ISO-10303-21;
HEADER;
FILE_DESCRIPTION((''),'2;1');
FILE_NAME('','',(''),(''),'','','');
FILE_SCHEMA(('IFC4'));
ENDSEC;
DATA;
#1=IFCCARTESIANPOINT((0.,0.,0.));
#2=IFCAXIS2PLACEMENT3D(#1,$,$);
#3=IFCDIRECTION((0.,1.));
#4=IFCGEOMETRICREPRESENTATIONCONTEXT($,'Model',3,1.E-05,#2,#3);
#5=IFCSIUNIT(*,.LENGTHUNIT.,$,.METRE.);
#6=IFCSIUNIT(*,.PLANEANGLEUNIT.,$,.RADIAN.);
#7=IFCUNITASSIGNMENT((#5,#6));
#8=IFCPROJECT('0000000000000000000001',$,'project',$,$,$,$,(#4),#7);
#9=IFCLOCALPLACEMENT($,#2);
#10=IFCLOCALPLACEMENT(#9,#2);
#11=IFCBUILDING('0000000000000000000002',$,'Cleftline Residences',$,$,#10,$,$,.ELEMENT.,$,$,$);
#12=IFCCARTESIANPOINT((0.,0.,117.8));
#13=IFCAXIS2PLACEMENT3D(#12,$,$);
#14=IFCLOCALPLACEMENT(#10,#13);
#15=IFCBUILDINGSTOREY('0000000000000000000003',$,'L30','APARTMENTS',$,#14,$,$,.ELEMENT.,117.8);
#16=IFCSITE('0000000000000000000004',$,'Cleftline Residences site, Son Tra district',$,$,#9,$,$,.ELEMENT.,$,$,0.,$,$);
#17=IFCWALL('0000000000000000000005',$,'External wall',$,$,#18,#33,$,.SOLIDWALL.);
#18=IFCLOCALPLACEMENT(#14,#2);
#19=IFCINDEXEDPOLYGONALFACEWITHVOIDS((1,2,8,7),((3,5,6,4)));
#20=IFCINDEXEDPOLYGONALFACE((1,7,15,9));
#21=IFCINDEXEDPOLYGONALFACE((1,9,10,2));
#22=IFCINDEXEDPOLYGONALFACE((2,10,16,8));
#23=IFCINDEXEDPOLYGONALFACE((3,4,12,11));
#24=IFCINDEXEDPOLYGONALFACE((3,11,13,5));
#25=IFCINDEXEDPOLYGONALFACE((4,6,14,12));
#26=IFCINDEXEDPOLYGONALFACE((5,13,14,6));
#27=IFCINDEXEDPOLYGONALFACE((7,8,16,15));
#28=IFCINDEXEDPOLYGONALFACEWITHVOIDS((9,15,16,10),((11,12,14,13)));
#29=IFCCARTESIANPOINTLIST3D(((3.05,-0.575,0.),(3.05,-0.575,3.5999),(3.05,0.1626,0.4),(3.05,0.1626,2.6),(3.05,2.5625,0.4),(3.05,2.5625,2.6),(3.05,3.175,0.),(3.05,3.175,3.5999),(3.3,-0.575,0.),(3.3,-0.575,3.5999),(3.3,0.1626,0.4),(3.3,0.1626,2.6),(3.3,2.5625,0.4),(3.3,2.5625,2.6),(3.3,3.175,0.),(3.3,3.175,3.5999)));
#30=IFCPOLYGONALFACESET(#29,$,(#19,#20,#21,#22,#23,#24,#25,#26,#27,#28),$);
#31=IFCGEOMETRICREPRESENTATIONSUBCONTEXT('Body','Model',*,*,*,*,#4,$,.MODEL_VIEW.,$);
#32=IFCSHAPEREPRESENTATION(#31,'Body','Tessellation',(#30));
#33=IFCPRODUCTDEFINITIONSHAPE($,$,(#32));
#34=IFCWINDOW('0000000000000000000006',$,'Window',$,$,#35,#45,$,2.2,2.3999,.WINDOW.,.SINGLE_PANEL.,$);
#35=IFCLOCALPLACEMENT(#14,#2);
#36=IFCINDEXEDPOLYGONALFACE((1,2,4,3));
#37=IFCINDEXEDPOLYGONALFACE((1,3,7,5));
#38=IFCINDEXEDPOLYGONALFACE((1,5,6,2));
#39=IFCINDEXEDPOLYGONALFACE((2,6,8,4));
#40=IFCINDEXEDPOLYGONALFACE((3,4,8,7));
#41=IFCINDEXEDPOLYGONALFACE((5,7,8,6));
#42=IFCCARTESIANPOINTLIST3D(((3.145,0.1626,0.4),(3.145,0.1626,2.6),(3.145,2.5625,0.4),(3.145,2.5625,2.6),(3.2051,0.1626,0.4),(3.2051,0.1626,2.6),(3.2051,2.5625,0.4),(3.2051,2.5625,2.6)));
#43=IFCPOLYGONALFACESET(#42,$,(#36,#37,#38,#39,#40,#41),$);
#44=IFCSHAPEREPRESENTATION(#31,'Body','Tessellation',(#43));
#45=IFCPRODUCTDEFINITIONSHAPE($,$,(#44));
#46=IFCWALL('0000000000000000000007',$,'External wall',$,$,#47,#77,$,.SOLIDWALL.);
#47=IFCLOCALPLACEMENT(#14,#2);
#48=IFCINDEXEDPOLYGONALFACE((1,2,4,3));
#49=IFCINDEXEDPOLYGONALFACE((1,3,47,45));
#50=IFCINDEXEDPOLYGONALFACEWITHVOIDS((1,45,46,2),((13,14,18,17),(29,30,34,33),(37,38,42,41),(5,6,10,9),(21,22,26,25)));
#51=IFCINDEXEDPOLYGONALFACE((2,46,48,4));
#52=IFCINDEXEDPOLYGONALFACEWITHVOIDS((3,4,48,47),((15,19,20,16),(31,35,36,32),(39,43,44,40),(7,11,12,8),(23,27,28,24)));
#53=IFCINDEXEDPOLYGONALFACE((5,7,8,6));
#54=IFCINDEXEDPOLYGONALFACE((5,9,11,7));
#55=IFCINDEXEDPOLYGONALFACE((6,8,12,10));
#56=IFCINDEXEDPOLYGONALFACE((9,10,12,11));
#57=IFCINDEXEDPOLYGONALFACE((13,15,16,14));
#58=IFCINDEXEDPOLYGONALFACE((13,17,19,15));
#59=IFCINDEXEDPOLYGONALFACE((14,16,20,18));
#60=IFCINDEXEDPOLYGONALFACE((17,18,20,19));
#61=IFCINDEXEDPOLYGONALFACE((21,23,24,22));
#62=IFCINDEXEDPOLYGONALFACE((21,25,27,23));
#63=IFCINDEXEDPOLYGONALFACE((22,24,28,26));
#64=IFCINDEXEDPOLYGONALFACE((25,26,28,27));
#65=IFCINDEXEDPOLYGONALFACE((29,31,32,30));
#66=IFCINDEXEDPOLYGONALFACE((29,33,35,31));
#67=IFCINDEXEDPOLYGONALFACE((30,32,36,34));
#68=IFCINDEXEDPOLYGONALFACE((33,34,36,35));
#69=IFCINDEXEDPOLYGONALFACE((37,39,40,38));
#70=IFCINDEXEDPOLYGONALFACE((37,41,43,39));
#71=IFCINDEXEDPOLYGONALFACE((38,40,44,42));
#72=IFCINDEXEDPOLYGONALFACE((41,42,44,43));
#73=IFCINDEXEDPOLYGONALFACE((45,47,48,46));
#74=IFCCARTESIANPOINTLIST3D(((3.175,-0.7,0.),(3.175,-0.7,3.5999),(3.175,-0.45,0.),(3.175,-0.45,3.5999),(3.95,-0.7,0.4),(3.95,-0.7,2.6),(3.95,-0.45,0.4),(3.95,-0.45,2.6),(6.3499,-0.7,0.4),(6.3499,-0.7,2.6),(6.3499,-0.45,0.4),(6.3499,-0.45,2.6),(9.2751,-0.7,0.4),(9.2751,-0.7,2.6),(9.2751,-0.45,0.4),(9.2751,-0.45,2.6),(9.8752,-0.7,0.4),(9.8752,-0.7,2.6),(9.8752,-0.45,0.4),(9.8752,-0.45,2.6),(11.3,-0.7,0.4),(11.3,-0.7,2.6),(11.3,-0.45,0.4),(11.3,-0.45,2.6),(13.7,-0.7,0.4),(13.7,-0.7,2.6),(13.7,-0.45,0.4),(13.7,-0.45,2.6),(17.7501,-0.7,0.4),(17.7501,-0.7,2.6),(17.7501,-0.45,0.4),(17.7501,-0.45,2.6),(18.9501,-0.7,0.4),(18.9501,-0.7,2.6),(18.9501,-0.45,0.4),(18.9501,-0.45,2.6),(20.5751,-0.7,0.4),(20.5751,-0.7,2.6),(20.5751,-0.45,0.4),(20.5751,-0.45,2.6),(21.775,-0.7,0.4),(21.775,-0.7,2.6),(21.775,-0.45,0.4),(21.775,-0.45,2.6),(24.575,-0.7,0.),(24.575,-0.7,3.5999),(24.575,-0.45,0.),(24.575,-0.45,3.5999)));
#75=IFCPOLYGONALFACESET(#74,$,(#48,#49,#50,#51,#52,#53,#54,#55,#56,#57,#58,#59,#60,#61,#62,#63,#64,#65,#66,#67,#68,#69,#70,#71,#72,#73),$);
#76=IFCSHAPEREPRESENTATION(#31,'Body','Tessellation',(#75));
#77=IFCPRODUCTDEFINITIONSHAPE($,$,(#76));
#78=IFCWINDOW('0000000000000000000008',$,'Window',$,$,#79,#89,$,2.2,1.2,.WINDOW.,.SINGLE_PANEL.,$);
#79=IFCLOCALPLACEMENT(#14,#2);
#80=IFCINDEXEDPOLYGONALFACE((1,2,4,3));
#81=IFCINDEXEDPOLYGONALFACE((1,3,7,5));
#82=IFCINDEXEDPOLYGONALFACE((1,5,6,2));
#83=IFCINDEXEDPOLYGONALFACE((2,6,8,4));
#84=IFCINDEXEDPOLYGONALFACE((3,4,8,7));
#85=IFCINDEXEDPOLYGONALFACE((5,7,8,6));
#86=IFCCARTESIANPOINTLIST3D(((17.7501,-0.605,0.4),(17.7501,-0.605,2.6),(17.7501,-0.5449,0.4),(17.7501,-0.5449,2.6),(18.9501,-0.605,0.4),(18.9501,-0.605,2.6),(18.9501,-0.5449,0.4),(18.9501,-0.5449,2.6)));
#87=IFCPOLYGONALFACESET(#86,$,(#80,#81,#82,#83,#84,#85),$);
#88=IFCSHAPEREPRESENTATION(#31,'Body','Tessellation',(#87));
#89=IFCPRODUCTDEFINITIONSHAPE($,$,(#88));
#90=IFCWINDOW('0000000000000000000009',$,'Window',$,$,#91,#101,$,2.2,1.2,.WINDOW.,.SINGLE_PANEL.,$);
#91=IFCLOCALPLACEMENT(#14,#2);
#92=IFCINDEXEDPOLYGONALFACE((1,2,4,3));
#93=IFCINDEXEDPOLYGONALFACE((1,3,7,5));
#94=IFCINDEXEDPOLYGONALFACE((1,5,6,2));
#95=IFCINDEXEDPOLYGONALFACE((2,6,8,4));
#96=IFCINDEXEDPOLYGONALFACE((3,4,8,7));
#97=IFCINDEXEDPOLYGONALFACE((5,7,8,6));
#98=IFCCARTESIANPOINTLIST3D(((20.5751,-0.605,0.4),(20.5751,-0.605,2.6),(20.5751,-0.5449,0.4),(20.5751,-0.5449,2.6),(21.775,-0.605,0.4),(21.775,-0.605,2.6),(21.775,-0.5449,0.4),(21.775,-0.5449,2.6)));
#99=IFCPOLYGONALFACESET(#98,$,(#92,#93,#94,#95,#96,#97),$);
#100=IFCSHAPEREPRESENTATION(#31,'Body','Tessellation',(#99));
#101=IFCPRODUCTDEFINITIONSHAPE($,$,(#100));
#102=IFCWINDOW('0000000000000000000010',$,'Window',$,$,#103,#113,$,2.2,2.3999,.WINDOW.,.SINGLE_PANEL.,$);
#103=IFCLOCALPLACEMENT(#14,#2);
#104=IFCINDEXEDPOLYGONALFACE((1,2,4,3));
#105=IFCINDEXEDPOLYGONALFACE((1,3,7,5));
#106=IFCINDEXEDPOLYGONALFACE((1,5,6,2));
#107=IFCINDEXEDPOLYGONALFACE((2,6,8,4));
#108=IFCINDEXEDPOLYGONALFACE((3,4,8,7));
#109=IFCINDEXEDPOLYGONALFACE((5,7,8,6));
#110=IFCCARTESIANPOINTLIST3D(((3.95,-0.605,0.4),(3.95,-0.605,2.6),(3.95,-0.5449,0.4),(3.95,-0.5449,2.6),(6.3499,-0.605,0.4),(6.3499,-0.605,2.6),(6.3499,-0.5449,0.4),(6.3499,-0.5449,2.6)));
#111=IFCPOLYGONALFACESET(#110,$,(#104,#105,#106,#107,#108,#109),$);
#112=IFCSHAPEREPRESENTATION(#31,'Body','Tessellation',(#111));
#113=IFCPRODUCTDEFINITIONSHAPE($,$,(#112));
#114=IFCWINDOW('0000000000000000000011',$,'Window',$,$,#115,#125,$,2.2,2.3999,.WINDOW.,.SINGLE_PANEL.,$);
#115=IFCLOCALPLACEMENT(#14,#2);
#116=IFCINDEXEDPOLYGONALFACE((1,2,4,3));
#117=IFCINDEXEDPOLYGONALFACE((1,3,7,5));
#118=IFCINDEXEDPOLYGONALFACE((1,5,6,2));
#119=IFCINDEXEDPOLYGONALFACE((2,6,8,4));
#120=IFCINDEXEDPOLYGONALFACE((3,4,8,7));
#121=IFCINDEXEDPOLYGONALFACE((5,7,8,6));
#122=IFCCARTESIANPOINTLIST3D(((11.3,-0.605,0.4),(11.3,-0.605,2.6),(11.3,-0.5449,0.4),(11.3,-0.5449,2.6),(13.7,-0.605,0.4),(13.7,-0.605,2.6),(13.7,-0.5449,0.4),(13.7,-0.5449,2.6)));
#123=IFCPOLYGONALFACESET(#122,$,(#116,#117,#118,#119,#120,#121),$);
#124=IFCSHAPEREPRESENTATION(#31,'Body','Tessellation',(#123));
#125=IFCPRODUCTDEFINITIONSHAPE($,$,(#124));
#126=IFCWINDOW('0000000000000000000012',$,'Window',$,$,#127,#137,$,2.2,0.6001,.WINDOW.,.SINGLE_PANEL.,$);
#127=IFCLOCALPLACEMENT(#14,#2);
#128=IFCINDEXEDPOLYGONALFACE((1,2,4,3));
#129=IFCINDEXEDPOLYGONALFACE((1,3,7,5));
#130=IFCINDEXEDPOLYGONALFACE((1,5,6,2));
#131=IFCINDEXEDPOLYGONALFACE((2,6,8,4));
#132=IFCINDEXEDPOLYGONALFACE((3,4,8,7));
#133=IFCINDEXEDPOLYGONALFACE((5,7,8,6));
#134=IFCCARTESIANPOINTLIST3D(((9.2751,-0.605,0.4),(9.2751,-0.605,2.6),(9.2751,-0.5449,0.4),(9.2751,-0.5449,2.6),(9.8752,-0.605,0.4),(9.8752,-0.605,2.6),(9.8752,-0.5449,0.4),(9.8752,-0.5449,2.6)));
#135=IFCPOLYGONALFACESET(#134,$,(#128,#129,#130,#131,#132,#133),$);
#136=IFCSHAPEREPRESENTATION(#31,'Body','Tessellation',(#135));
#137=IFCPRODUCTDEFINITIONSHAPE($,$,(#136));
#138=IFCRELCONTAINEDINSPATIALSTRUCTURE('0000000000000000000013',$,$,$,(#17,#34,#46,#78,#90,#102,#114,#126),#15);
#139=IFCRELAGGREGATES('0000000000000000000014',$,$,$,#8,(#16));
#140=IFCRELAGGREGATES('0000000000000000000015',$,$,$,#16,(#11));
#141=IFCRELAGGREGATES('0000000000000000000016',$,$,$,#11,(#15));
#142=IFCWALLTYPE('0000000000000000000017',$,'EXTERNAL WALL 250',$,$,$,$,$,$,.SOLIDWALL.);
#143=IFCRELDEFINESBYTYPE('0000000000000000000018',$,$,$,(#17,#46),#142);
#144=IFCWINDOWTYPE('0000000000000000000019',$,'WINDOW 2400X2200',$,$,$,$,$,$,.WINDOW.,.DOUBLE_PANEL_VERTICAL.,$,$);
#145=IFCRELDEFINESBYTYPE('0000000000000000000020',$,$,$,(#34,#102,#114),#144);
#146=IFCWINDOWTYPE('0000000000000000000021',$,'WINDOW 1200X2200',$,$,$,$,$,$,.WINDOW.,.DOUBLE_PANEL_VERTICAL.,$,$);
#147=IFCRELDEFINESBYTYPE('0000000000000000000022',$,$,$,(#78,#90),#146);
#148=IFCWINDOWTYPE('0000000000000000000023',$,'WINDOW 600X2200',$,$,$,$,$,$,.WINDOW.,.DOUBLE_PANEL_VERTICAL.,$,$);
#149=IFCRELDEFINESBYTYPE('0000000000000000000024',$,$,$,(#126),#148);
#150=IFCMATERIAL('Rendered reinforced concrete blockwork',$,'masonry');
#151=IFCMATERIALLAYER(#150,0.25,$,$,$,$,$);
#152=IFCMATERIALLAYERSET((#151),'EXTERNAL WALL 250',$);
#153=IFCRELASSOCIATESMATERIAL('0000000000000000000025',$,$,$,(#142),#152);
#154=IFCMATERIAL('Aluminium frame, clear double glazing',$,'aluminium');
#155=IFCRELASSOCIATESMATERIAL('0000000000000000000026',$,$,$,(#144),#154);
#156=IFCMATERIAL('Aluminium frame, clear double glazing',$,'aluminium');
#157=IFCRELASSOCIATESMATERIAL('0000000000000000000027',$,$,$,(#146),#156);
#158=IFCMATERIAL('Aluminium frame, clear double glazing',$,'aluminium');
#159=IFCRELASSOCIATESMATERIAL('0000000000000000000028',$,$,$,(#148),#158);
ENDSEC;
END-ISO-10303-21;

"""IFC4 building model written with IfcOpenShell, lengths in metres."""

from ifc_helpers import new_model, si_unit, direction, frame, frame_2d, origin, place, context, subcontext, project, spatial, rectangle, extrude, material, layer, layer_set, type_object, element, fill, save


model = new_model("IFC4")

# Units and contexts
model_context = context("Model", 3, precision=1e-05, world=origin(), true_north=direction((0.0, 1.0)))
body_context = subcontext(model_context, "Body", "Model", "MODEL_VIEW")
ifc_project = project(units=[si_unit("LENGTHUNIT", "METRE"), si_unit("PLANEANGLEUNIT", "RADIAN")], contexts=[model_context])

# Site, building, storey
site_placement = place(None, origin())
site = spatial("IfcSite", under=ifc_project, at=site_placement, Name="Cleftline Residences site, Son Tra district", CompositionType="ELEMENT", RefElevation=0.0)
building_placement = place(site_placement, origin())
building = spatial("IfcBuilding", under=site, at=building_placement, Name="Cleftline Residences", CompositionType="ELEMENT")
storey_placement = place(building_placement, frame((0.0, 0.0, 117.8)))
storey = spatial("IfcBuildingStorey", under=building, at=storey_placement, Name="L30", Description="APARTMENTS", CompositionType="ELEMENT", Elevation=117.8)

# Wall, opening, window
ifc_material_1 = material(Name="Rendered reinforced concrete blockwork", Category="masonry")
ifc_layer_1 = layer(ifc_material_1, 0.25)
ifc_layer_set_1 = layer_set([ifc_layer_1], Name="EXTERNAL WALL 250")
wall_type_1 = type_object("IfcWallType", Name="EXTERNAL WALL 250", PredefinedType="SOLIDWALL", material=ifc_layer_set_1)
wall_1_placement = place(storey_placement, frame((3.175, 3.175, 0.0), z_axis=(0.0, 0.0, 1.0), x_axis=(0.0, -1.0, 0.0)))
wall_1 = element("IfcWall", 1, at=wall_1_placement, inside=storey, type_object=wall_type_1, Name="External wall", PredefinedType="SOLIDWALL", context=body_context, shape_type="SweptSolid", body=[
    extrude(rectangle(XDim=3.75, YDim=0.25, at=frame_2d((1.875, 0.0))), origin(), (0.0, 0.0, 1.0), 3.5999),
])
opening_1_placement = place(wall_1_placement, frame((0.6125, 0.0, 0.3999)))
opening_1 = element("IfcOpeningElement", 2, at=opening_1_placement, cuts=wall_1, PredefinedType="OPENING", context=body_context, shape_type="SweptSolid", body=[
    extrude(rectangle(XDim=2.3999, YDim=2.2, at=frame_2d((1.2, 1.1001))), frame((0.0, 0.135, 0.0), z_axis=(0.0, -1.0, 0.0), x_axis=(1.0, 0.0, 0.0)), (0.0, 0.0, 1.0), 0.27),
])
ifc_material_2 = material(Name="Aluminium frame, clear double glazing", Category="aluminium")
window_type_1 = type_object("IfcWindowType", Name="WINDOW 2400X2200", PartitioningType="DOUBLE_PANEL_VERTICAL", PredefinedType="WINDOW", material=ifc_material_2)
window_1_placement = place(opening_1_placement, origin())
window_1 = element("IfcWindow", 3, at=window_1_placement, inside=storey, type_object=window_type_1, Name="Window", OverallHeight=2.2, OverallWidth=2.3999, PartitioningType="SINGLE_PANEL", PredefinedType="WINDOW", context=body_context, shape_type="SweptSolid", body=[
    extrude(rectangle(XDim=2.3999, YDim=2.2, at=frame_2d((1.2, 1.1001))), frame((0.0, 0.03, 0.0), z_axis=(0.0, -1.0, 0.0), x_axis=(1.0, 0.0, 0.0)), (0.0, 0.0, 1.0), 0.0601),
])
fill(opening_1, window_1)

# Wall, openings, windows
wall_2_placement = place(storey_placement, frame((3.175, -0.575, 0.0), z_axis=(0.0, 0.0, 1.0), x_axis=(1.0, 0.0, 0.0)))
wall_2 = element("IfcWall", 4, at=wall_2_placement, inside=storey, type_object=wall_type_1, Name="External wall", PredefinedType="SOLIDWALL", context=body_context, shape_type="SweptSolid", body=[
    extrude(rectangle(XDim=21.3999, YDim=0.25, at=frame_2d((10.7, 0.0))), origin(), (0.0, 0.0, 1.0), 3.5999),
])
opening_2_placement = place(wall_2_placement, frame((0.7749, 0.0, 0.3999)))
opening_2 = element("IfcOpeningElement", 5, at=opening_2_placement, cuts=wall_2, PredefinedType="OPENING", context=body_context, shape_type="SweptSolid", body=[
    extrude(rectangle(XDim=2.3999, YDim=2.2, at=frame_2d((1.2, 1.1001))), frame((0.0, 0.135, 0.0), z_axis=(0.0, -1.0, 0.0), x_axis=(1.0, 0.0, 0.0)), (0.0, 0.0, 1.0), 0.27),
])
opening_3_placement = place(wall_2_placement, frame((6.1001, 0.0, 0.3999)))
opening_3 = element("IfcOpeningElement", 6, at=opening_3_placement, cuts=wall_2, PredefinedType="OPENING", context=body_context, shape_type="SweptSolid", body=[
    extrude(rectangle(XDim=0.6001, YDim=2.2, at=frame_2d((0.3, 1.1001))), frame((0.0, 0.135, 0.0), z_axis=(0.0, -1.0, 0.0), x_axis=(1.0, 0.0, 0.0)), (0.0, 0.0, 1.0), 0.27),
])
opening_4_placement = place(wall_2_placement, frame((8.125, 0.0, 0.3999)))
opening_4 = element("IfcOpeningElement", 7, at=opening_4_placement, cuts=wall_2, PredefinedType="OPENING", context=body_context, shape_type="SweptSolid", body=[
    extrude(rectangle(XDim=2.3999, YDim=2.2, at=frame_2d((1.2, 1.1001))), frame((0.0, 0.135, 0.0), z_axis=(0.0, -1.0, 0.0), x_axis=(1.0, 0.0, 0.0)), (0.0, 0.0, 1.0), 0.27),
])
opening_5_placement = place(wall_2_placement, frame((14.575, 0.0, 0.3999)))
opening_5 = element("IfcOpeningElement", 8, at=opening_5_placement, cuts=wall_2, PredefinedType="OPENING", context=body_context, shape_type="SweptSolid", body=[
    extrude(rectangle(XDim=1.2, YDim=2.2, at=frame_2d((0.6001, 1.1001))), frame((0.0, 0.135, 0.0), z_axis=(0.0, -1.0, 0.0), x_axis=(1.0, 0.0, 0.0)), (0.0, 0.0, 1.0), 0.27),
])
opening_6_placement = place(wall_2_placement, frame((17.3999, 0.0, 0.3999)))
opening_6 = element("IfcOpeningElement", 9, at=opening_6_placement, cuts=wall_2, PredefinedType="OPENING", context=body_context, shape_type="SweptSolid", body=[
    extrude(rectangle(XDim=1.2, YDim=2.2, at=frame_2d((0.6001, 1.1001))), frame((0.0, 0.135, 0.0), z_axis=(0.0, -1.0, 0.0), x_axis=(1.0, 0.0, 0.0)), (0.0, 0.0, 1.0), 0.27),
])
ifc_material_3 = material(Name="Aluminium frame, clear double glazing", Category="aluminium")
window_type_2 = type_object("IfcWindowType", Name="WINDOW 1200X2200", PartitioningType="DOUBLE_PANEL_VERTICAL", PredefinedType="WINDOW", material=ifc_material_3)
window_2_placement = place(opening_5_placement, origin())
window_2 = element("IfcWindow", 10, at=window_2_placement, inside=storey, type_object=window_type_2, Name="Window", OverallHeight=2.2, OverallWidth=1.2, PartitioningType="SINGLE_PANEL", PredefinedType="WINDOW", context=body_context, shape_type="SweptSolid", body=[
    extrude(rectangle(XDim=1.2, YDim=2.2, at=frame_2d((0.6001, 1.1001))), frame((0.0, 0.03, 0.0), z_axis=(0.0, -1.0, 0.0), x_axis=(1.0, 0.0, 0.0)), (0.0, 0.0, 1.0), 0.0601),
])
fill(opening_5, window_2)
window_3_placement = place(opening_6_placement, origin())
window_3 = element("IfcWindow", 11, at=window_3_placement, inside=storey, type_object=window_type_2, Name="Window", OverallHeight=2.2, OverallWidth=1.2, PartitioningType="SINGLE_PANEL", PredefinedType="WINDOW", context=body_context, shape_type="SweptSolid", body=[
    extrude(rectangle(XDim=1.2, YDim=2.2, at=frame_2d((0.6001, 1.1001))), frame((0.0, 0.03, 0.0), z_axis=(0.0, -1.0, 0.0), x_axis=(1.0, 0.0, 0.0)), (0.0, 0.0, 1.0), 0.0601),
])
fill(opening_6, window_3)
window_4_placement = place(opening_2_placement, origin())
window_4 = element("IfcWindow", 12, at=window_4_placement, inside=storey, type_object=window_type_1, Name="Window", OverallHeight=2.2, OverallWidth=2.3999, PartitioningType="SINGLE_PANEL", PredefinedType="WINDOW", context=body_context, shape_type="SweptSolid", body=[
    extrude(rectangle(XDim=2.3999, YDim=2.2, at=frame_2d((1.2, 1.1001))), frame((0.0, 0.03, 0.0), z_axis=(0.0, -1.0, 0.0), x_axis=(1.0, 0.0, 0.0)), (0.0, 0.0, 1.0), 0.0601),
])
fill(opening_2, window_4)
window_5_placement = place(opening_4_placement, origin())
window_5 = element("IfcWindow", 13, at=window_5_placement, inside=storey, type_object=window_type_1, Name="Window", OverallHeight=2.2, OverallWidth=2.3999, PartitioningType="SINGLE_PANEL", PredefinedType="WINDOW", context=body_context, shape_type="SweptSolid", body=[
    extrude(rectangle(XDim=2.3999, YDim=2.2, at=frame_2d((1.2, 1.1001))), frame((0.0, 0.03, 0.0), z_axis=(0.0, -1.0, 0.0), x_axis=(1.0, 0.0, 0.0)), (0.0, 0.0, 1.0), 0.0601),
])
fill(opening_4, window_5)
ifc_material_4 = material(Name="Aluminium frame, clear double glazing", Category="aluminium")
window_type_3 = type_object("IfcWindowType", Name="WINDOW 600X2200", PartitioningType="DOUBLE_PANEL_VERTICAL", PredefinedType="WINDOW", material=ifc_material_4)
window_6_placement = place(opening_3_placement, origin())
window_6 = element("IfcWindow", 14, at=window_6_placement, inside=storey, type_object=window_type_3, Name="Window", OverallHeight=2.2, OverallWidth=0.6001, PartitioningType="SINGLE_PANEL", PredefinedType="WINDOW", context=body_context, shape_type="SweptSolid", body=[
    extrude(rectangle(XDim=0.6001, YDim=2.2, at=frame_2d((0.3, 1.1001))), frame((0.0, 0.03, 0.0), z_axis=(0.0, -1.0, 0.0), x_axis=(1.0, 0.0, 0.0)), (0.0, 0.0, 1.0), 0.0601),
])
fill(opening_3, window_6)

save(model, "model.ifc")
